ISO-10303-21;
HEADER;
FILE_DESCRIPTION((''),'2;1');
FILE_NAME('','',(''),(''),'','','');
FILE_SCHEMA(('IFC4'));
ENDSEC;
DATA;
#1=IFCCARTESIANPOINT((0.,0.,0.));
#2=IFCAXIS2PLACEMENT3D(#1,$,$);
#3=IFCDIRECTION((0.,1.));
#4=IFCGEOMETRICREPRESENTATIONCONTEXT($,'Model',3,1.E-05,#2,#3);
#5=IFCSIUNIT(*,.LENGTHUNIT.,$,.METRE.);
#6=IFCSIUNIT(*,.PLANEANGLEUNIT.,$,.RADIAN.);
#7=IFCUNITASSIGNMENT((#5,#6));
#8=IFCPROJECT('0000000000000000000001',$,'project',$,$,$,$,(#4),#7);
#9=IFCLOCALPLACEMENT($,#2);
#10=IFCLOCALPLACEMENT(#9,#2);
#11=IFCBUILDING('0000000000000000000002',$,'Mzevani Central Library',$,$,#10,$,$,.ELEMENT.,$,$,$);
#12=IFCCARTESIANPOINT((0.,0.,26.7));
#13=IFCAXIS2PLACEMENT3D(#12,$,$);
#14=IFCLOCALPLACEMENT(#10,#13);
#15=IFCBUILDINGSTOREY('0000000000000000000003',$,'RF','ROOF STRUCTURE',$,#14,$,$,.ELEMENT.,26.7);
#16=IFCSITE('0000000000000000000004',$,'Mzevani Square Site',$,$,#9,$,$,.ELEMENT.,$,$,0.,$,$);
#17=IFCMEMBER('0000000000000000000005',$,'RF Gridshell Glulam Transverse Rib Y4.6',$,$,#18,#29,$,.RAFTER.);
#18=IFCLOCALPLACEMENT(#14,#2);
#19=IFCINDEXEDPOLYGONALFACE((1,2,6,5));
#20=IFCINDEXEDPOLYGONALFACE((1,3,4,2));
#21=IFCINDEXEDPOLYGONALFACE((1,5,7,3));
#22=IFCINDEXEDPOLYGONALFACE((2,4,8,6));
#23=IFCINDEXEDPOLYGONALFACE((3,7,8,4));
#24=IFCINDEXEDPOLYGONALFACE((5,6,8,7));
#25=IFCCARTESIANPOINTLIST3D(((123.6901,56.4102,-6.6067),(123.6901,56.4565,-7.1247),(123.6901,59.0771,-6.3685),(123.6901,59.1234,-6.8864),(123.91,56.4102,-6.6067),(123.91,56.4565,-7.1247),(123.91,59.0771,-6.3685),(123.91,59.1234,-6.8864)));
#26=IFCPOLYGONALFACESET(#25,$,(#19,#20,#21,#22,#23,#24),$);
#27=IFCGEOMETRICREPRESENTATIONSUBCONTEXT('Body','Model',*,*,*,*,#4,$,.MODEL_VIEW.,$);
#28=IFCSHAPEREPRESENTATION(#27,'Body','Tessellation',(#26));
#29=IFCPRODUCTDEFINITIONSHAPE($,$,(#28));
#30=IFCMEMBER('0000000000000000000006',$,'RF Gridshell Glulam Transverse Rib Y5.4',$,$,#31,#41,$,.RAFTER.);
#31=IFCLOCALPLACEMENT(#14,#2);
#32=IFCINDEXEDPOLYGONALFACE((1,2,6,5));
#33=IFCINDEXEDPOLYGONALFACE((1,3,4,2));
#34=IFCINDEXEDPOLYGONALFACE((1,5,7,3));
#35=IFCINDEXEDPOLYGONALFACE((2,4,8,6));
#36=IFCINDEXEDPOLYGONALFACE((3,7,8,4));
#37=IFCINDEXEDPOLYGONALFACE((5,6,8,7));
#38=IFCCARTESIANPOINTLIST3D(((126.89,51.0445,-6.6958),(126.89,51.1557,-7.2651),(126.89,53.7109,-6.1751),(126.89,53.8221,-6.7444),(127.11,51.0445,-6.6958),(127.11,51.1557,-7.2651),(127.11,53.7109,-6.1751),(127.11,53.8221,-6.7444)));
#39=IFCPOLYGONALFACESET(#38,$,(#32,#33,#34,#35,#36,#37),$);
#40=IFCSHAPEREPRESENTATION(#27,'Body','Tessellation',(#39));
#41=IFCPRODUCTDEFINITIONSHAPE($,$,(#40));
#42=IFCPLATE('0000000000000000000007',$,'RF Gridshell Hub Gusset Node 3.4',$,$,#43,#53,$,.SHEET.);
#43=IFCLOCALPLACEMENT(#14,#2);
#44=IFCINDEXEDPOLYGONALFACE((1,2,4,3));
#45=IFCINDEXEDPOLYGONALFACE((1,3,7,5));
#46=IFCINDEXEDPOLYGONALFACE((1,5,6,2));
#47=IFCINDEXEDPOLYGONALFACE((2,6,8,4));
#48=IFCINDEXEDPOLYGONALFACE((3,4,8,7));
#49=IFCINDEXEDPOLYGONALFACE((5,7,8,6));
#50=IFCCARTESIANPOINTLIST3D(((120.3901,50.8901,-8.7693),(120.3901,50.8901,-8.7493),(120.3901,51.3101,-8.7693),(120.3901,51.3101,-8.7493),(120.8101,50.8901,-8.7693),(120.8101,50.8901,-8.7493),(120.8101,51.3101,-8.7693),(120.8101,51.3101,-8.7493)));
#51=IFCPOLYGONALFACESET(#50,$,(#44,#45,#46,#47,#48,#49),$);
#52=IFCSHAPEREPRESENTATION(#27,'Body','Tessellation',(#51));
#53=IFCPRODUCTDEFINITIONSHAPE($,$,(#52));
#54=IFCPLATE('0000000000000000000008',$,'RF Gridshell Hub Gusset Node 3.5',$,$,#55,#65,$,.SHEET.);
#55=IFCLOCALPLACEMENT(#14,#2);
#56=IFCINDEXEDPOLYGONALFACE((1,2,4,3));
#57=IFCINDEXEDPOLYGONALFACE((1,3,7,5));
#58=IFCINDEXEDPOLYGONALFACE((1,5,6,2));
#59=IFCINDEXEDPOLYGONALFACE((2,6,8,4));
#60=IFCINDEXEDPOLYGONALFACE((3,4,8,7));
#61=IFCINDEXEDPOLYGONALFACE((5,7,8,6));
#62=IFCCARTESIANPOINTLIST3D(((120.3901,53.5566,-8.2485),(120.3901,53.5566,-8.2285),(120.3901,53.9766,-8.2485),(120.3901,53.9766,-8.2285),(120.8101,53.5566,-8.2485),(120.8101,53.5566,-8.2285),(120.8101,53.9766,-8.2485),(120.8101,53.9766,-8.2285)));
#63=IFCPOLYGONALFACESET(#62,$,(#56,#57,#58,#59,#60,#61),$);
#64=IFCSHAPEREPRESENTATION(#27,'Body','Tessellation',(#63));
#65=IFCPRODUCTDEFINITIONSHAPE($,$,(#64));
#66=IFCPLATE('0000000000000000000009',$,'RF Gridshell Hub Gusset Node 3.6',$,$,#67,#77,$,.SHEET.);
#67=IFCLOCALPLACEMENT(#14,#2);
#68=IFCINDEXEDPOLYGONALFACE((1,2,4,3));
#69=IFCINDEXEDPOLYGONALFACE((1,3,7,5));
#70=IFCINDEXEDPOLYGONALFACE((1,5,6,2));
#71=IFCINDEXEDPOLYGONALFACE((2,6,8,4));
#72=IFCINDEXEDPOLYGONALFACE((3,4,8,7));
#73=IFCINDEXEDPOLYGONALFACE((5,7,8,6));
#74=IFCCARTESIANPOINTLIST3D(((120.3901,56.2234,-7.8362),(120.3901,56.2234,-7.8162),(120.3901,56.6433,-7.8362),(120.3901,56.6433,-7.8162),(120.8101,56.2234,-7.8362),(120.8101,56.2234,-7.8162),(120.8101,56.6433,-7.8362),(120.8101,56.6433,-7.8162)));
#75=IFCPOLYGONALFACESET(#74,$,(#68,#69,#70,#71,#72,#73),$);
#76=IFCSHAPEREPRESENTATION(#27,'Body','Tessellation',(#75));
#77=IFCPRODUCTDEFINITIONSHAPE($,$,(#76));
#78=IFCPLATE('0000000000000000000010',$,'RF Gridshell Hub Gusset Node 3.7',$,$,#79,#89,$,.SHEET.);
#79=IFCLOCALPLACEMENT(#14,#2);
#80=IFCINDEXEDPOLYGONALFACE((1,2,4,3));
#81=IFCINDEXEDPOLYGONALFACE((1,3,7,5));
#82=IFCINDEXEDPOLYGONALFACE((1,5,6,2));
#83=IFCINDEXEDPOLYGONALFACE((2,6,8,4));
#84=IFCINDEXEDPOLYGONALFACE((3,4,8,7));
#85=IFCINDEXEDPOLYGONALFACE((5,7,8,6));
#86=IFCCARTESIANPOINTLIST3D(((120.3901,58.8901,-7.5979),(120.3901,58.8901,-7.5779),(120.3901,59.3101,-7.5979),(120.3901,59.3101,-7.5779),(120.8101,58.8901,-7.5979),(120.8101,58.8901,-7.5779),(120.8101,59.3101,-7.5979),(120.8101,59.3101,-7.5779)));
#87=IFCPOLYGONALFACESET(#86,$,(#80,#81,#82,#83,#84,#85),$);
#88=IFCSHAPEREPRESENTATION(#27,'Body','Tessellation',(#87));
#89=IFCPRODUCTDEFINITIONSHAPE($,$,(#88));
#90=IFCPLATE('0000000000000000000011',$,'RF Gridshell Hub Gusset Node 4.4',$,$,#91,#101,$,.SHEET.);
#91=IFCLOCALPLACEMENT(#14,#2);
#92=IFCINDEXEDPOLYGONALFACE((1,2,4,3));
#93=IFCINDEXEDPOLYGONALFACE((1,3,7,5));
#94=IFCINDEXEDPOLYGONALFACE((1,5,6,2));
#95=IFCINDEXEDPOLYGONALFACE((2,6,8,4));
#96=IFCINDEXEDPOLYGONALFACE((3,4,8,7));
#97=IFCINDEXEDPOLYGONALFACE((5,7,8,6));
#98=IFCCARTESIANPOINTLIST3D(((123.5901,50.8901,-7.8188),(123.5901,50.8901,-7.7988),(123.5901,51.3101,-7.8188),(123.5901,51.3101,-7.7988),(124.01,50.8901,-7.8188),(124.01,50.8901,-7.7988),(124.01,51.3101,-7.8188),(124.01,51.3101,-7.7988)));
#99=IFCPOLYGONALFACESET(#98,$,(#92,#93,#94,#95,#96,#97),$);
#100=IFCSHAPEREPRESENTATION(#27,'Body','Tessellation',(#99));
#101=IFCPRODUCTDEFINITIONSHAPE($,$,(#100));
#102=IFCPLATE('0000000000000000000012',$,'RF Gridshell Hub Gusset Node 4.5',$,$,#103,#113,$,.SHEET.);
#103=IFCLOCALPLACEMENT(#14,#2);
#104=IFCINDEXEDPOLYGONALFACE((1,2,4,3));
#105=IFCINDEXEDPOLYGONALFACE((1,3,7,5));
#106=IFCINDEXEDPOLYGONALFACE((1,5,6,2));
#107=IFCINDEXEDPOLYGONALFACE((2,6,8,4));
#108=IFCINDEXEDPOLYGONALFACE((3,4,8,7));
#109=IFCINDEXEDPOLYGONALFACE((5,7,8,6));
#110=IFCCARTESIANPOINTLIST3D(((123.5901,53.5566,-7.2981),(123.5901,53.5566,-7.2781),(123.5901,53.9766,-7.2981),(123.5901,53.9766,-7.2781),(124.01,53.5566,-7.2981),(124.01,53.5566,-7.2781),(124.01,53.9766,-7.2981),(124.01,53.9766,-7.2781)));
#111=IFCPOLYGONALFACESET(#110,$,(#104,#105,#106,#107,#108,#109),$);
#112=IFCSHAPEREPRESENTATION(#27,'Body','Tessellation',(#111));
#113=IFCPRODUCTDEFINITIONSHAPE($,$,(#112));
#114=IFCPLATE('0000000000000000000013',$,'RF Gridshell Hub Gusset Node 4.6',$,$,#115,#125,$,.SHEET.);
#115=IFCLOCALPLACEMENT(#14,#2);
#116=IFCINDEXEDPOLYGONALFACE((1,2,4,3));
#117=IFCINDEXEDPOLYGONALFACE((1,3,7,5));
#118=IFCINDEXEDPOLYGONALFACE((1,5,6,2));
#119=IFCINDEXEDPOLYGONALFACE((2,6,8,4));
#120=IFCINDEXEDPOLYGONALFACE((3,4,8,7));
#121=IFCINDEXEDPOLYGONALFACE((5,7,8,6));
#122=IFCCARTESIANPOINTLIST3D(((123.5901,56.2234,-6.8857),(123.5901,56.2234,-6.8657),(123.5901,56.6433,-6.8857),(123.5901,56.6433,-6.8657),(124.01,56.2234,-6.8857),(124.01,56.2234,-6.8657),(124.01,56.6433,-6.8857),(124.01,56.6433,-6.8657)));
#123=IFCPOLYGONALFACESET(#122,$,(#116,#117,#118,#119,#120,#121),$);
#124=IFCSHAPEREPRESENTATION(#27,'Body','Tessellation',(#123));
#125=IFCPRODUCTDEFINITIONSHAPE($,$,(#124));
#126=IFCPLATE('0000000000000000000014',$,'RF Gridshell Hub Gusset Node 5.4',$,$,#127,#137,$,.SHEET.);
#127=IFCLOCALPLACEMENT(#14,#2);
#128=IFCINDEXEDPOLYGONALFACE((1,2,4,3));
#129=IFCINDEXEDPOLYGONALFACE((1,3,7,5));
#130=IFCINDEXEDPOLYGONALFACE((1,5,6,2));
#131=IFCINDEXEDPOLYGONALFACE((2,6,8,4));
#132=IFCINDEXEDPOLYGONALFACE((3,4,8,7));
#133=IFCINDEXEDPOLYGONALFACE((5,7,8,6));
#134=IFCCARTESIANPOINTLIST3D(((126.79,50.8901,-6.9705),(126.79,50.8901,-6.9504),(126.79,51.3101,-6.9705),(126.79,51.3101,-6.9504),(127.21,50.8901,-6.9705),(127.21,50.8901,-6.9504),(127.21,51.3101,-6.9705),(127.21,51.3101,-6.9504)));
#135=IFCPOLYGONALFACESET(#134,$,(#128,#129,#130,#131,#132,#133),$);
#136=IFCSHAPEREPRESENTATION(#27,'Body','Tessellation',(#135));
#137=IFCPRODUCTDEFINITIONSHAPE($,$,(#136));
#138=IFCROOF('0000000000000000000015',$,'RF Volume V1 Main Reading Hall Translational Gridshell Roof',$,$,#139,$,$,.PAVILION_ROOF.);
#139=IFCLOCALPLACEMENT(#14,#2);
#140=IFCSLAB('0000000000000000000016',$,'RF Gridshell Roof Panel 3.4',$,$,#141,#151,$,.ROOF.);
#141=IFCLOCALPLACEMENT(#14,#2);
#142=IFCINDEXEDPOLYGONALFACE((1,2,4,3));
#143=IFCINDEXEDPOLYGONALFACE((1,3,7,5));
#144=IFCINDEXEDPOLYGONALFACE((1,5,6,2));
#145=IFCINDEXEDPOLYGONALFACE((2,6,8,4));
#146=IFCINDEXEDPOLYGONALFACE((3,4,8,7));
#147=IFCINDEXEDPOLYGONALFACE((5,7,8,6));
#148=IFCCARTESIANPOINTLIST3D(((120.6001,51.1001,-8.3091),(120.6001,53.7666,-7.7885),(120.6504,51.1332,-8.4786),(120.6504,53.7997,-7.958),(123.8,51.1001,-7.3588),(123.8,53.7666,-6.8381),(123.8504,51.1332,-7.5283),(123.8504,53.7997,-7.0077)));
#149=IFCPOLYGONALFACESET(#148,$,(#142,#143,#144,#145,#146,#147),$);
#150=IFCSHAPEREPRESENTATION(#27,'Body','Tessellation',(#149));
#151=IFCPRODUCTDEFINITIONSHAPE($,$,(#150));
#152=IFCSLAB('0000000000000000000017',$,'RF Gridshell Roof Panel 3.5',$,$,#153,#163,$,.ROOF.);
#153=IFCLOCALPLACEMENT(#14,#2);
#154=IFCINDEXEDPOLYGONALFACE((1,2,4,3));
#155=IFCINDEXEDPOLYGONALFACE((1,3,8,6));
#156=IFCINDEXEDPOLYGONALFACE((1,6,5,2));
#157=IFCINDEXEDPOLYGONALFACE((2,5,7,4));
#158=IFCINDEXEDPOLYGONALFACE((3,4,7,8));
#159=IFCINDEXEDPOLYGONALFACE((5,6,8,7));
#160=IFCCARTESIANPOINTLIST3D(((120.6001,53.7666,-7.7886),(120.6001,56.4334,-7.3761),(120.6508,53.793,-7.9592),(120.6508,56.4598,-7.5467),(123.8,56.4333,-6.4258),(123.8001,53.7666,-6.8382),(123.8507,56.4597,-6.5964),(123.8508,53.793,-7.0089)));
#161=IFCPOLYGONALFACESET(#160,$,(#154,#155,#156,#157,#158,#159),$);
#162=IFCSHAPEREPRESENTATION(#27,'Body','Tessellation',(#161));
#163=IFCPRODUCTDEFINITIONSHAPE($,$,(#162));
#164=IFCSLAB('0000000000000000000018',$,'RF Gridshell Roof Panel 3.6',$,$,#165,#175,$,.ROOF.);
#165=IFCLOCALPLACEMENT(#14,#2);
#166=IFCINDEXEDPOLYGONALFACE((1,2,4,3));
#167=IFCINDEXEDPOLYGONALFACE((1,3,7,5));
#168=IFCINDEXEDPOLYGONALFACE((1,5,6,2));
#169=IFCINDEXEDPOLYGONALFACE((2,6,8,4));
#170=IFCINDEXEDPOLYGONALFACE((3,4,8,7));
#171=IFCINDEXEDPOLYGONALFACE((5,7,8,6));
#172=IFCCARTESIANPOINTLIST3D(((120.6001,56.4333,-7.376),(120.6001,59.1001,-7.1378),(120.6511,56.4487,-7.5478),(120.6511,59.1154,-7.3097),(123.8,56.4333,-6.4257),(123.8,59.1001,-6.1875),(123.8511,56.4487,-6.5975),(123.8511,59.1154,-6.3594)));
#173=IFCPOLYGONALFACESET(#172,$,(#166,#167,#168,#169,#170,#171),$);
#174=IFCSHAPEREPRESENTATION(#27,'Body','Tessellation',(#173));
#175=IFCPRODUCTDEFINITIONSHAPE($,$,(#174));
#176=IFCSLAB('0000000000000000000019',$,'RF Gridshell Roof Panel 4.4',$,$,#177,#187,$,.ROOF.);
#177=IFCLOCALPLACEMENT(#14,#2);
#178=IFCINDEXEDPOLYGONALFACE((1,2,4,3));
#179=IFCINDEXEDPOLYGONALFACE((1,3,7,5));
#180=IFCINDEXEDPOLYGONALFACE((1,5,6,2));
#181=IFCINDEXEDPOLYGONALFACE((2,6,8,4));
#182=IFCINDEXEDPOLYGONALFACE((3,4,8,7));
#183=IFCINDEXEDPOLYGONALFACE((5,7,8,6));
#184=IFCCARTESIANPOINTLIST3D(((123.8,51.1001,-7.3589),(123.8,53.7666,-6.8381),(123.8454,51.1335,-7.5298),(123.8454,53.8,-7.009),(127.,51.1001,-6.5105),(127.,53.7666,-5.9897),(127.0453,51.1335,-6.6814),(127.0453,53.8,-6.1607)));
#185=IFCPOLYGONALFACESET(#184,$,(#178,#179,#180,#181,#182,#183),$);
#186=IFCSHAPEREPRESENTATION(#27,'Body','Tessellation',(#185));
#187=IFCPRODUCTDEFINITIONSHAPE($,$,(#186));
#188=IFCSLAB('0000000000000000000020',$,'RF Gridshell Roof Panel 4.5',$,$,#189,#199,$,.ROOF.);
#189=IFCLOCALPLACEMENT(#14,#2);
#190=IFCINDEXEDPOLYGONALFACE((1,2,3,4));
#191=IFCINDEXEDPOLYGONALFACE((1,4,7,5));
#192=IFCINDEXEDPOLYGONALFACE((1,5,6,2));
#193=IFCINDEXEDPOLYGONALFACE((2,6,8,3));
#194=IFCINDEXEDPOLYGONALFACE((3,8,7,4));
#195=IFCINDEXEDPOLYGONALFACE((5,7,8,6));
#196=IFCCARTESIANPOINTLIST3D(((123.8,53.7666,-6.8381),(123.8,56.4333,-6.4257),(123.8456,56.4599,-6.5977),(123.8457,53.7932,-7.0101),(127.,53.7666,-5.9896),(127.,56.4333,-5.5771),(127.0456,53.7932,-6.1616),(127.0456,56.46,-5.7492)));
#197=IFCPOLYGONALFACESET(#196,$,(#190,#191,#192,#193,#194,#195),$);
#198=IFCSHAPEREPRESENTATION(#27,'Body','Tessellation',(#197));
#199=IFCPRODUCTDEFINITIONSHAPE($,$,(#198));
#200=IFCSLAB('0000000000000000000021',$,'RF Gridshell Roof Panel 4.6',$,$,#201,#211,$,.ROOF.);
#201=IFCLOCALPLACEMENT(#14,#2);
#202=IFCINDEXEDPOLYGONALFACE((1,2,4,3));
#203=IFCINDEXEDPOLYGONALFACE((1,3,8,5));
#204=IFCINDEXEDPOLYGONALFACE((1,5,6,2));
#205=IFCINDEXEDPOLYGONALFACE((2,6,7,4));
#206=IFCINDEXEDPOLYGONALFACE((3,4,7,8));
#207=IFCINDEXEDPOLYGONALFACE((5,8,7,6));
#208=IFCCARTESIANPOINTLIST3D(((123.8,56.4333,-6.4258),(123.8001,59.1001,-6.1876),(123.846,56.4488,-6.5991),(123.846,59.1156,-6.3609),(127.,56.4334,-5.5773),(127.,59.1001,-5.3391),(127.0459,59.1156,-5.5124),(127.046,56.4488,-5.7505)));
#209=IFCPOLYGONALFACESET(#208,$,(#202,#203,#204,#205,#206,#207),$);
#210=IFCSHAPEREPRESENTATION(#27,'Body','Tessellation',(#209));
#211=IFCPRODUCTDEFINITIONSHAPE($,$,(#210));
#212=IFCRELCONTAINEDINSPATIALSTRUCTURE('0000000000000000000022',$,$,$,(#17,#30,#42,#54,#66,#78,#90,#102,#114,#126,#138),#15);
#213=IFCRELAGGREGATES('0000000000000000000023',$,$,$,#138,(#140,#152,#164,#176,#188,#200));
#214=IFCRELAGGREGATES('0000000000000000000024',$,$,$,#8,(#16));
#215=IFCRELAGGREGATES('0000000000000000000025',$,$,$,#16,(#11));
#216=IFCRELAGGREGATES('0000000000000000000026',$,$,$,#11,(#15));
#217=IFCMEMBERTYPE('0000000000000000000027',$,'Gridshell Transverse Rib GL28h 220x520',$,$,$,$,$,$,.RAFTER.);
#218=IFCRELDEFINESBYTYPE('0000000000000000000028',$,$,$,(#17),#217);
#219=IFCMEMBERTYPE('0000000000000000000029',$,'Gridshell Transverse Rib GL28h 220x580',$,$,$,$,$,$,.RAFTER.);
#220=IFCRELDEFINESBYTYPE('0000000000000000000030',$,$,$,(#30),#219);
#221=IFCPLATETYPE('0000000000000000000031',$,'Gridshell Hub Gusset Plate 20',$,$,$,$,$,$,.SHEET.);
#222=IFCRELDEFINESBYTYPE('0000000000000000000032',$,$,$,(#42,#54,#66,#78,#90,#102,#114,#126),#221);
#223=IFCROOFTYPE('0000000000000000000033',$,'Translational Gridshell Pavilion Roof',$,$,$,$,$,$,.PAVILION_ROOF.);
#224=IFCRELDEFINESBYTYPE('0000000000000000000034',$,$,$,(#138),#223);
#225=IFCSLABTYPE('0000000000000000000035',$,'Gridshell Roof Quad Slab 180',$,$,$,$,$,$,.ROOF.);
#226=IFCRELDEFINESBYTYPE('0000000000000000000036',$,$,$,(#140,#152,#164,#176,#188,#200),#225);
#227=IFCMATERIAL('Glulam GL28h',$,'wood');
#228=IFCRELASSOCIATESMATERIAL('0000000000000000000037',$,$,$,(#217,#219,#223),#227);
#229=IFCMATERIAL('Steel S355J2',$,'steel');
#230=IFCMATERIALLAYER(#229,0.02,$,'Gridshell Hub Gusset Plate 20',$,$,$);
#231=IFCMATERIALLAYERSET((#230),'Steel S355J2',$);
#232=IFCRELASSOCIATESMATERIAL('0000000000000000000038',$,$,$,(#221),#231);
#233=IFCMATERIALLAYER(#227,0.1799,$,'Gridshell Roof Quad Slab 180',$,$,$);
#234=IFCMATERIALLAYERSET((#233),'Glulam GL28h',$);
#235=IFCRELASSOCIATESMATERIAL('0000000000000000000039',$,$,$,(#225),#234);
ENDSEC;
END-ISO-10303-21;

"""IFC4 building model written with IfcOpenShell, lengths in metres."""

from ifc_helpers import new_model, si_unit, direction, frame, origin, origin_2d, place, context, subcontext, project, spatial, polyline, rectangle, outline, extrude, material, layer, layer_set, material_profile, profile_set, type_object, element, aggregate, save


model = new_model("IFC4")

# Units and contexts
model_context = context("Model", 3, precision=1e-05, world=origin(), true_north=direction((0.0, 1.0)))
body_context = subcontext(model_context, "Body", "Model", "MODEL_VIEW")
ifc_project = project(units=[si_unit("LENGTHUNIT", "METRE"), si_unit("PLANEANGLEUNIT", "RADIAN")], contexts=[model_context])

# Site, building, storey
site_placement = place(None, origin())
site = spatial("IfcSite", under=ifc_project, at=site_placement, Name="Mzevani Square Site", CompositionType="ELEMENT", RefElevation=0.0)
building_placement = place(site_placement, origin())
building = spatial("IfcBuilding", under=site, at=building_placement, Name="Mzevani Central Library", CompositionType="ELEMENT")
storey_placement = place(building_placement, frame((0.0, 0.0, 26.7)))
storey = spatial("IfcBuildingStorey", under=building, at=storey_placement, Name="RF", Description="ROOF STRUCTURE", CompositionType="ELEMENT", Elevation=26.7)

# Members
ifc_material_1 = material(Name="Steel S355J2", Category="steel")
ifc_material_2 = material(Name="Glulam GL28h", Category="wood")
ifc_material_profile_1 = material_profile(ifc_material_2, rectangle(XDim=0.22, YDim=0.52, at=origin_2d()), Name="GL28h 220x520")
ifc_profile_set_1 = profile_set([ifc_material_profile_1], Name="Glulam GL28h")
member_type_1 = type_object("IfcMemberType", Name="Gridshell Transverse Rib GL28h 220x520", PredefinedType="RAFTER", material=ifc_profile_set_1)
member_1_placement = place(storey_placement, frame((123.8, 56.4333, -6.8657), z_axis=(0.0, 0.996032, 0.088998), x_axis=(-1.0, 0.0, 0.0)))
element("IfcMember", 1, at=member_1_placement, inside=storey, type_object=member_type_1, Name="RF Gridshell Glulam Transverse Rib Y4.6", PredefinedType="RAFTER", context=body_context, shape_type="SweptSolid", body=[
    extrude(rectangle(XDim=0.22, YDim=0.52, at=origin_2d()), origin(), (0.0, 0.0, 1.0), 2.6775),
])
ifc_material_profile_2 = material_profile(ifc_material_2, rectangle(XDim=0.22, YDim=0.5801, at=origin_2d()), Name="GL28h 220x580")
ifc_profile_set_2 = profile_set([ifc_material_profile_2], Name="Glulam GL28h")
member_type_2 = type_object("IfcMemberType", Name="Gridshell Transverse Rib GL28h 220x580", PredefinedType="RAFTER", material=ifc_profile_set_2)
member_2_placement = place(storey_placement, frame((127.0, 51.1001, -6.9805), z_axis=(0.0, 0.981459, 0.191673), x_axis=(-1.0, 0.0, 0.0)))
element("IfcMember", 2, at=member_2_placement, inside=storey, type_object=member_type_2, Name="RF Gridshell Glulam Transverse Rib Y5.4", PredefinedType="RAFTER", context=body_context, shape_type="SweptSolid", body=[
    extrude(rectangle(XDim=0.22, YDim=0.5801, at=origin_2d()), origin(), (0.0, 0.0, 1.0), 2.7168),
])

# Plates
ifc_layer_1 = layer(ifc_material_1, 0.02, Name="Gridshell Hub Gusset Plate 20")
ifc_layer_set_1 = layer_set([ifc_layer_1], Name="Steel S355J2")
plate_type = type_object("IfcPlateType", Name="Gridshell Hub Gusset Plate 20", PredefinedType="SHEET", material=ifc_layer_set_1)
for number, where, z_axis, x_axis, name in (
    (3, (120.6001, 51.1001, -8.7693), (0.0, 0.0, 1.0), (1.0, 0.0, 0.0), "RF Gridshell Hub Gusset Node 3.4"),
    (4, (120.6001, 53.7666, -8.2485), (0.0, 0.0, 1.0), (1.0, 0.0, 0.0), "RF Gridshell Hub Gusset Node 3.5"),
    (5, (120.6001, 56.4333, -7.8362), (0.0, 0.0, 1.0), (1.0, 0.0, 0.0), "RF Gridshell Hub Gusset Node 3.6"),
    (6, (120.6001, 59.1001, -7.5979), (0.0, 0.0, 1.0), (1.0, 0.0, 0.0), "RF Gridshell Hub Gusset Node 3.7"),
    (7, (123.8, 51.1001, -7.8188), (0.0, 0.0, 1.0), (1.0, 0.0, 0.0), "RF Gridshell Hub Gusset Node 4.4"),
    (8, (123.8, 53.7666, -7.2981), (0.0, 0.0, 1.0), (1.0, 0.0, 0.0), "RF Gridshell Hub Gusset Node 4.5"),
    (9, (123.8, 56.4333, -6.8857), (0.0, 0.0, 1.0), (1.0, 0.0, 0.0), "RF Gridshell Hub Gusset Node 4.6"),
    (10, (127.0, 51.1001, -6.9705), (0.0, 0.0, 1.0), (1.0, 0.0, 0.0), "RF Gridshell Hub Gusset Node 5.4"),
):
    element("IfcPlate", number, at=place(storey_placement, frame(where, z_axis=z_axis, x_axis=x_axis)), inside=storey, type_object=plate_type, Name=name, PredefinedType="SHEET", context=body_context, shape_type="SweptSolid", body=[
        extrude(rectangle(XDim=0.4199, YDim=0.4199, at=origin_2d()), origin(), (0.0, 0.0, 1.0), 0.02),
    ])

# Roof, slabs
roof_type = type_object("IfcRoofType", Name="Translational Gridshell Pavilion Roof", PredefinedType="PAVILION_ROOF", material=ifc_material_2)
roof_placement = place(storey_placement, origin())
roof = element("IfcRoof", 11, at=roof_placement, inside=storey, type_object=roof_type, Name="RF Volume V1 Main Reading Hall Translational Gridshell Roof", PredefinedType="PAVILION_ROOF")
ifc_layer_2 = layer(ifc_material_2, 0.1799, Name="Gridshell Roof Quad Slab 180")
ifc_layer_set_2 = layer_set([ifc_layer_2], Name="Glulam GL28h")
slab_type = type_object("IfcSlabType", Name="Gridshell Roof Quad Slab 180", PredefinedType="ROOF", material=ifc_layer_set_2)
slab_1_placement = place(storey_placement, frame((120.6001, 51.1001, -8.3091), z_axis=(-0.27983, -0.183974, 0.942257), x_axis=(0.95862, -0.000006, 0.284689)))
slab_1 = element("IfcSlab", 12, at=slab_1_placement, type_object=slab_type, Name="RF Gridshell Roof Panel 3.4", PredefinedType="ROOF", context=body_context, shape_type="SweptSolid", body=[
    extrude(outline(polyline([(0.0, 0.0), (3.338, 0.0), (3.4863, 2.7128), (0.1482, 2.7128), (0.0, 0.0)])), origin(), (0.0, 0.0, -1.0), 0.1799),
])
slab_2_placement = place(storey_placement, frame((120.6001, 53.7666, -7.7886), z_axis=(-0.281611, -0.14667, 0.948253), x_axis=(0.95862, 0.000005, 0.28469)))
slab_2 = element("IfcSlab", 13, at=slab_2_placement, type_object=slab_type, Name="RF Gridshell Roof Panel 3.5", PredefinedType="ROOF", context=body_context, shape_type="SweptSolid", body=[
    extrude(outline(polyline([(0.0, 0.0), (3.3381, 0.0), (3.4555, 2.6959), (0.1175, 2.6959), (0.0, 0.0)])), origin(), (0.0, 0.0, -1.0), 0.1799),
])
slab_3_placement = place(storey_placement, frame((120.6001, 56.4333, -7.376), z_axis=(-0.283652, -0.085299, 0.955126), x_axis=(0.95862, -0.000003, 0.284689)))
slab_3 = element("IfcSlab", 14, at=slab_3_placement, type_object=slab_type, Name="RF Gridshell Roof Panel 3.6", PredefinedType="ROOF", context=body_context, shape_type="SweptSolid", body=[
    extrude(outline(polyline([(0.0, 0.0), (3.338, 0.0), (3.4059, 2.6765), (0.0678, 2.6765), (0.0, 0.0)])), origin(), (0.0, 0.0, -1.0), 0.1799),
])
slab_4_placement = place(storey_placement, frame((123.8, 51.1001, -7.3589), z_axis=(-0.251824, -0.185496, 0.949829), x_axis=(0.966605, 0.0, 0.256272)))
slab_4 = element("IfcSlab", 15, at=slab_4_placement, type_object=slab_type, Name="RF Gridshell Roof Panel 4.4", PredefinedType="ROOF", context=body_context, shape_type="SweptSolid", body=[
    extrude(outline(polyline([(0.0, 0.0), (3.3105, 0.0), (3.444, 2.7136), (0.1335, 2.7136), (0.0, 0.0)])), origin(), (0.0, 0.0, -1.0), 0.1799),
])
slab_5_placement = place(storey_placement, frame((123.8, 53.7666, -6.8381), z_axis=(-0.253489, -0.147863, 0.955971), x_axis=(0.966596, -0.000005, 0.256305)))
slab_5 = element("IfcSlab", 16, at=slab_5_placement, type_object=slab_type, Name="RF Gridshell Roof Panel 4.5", PredefinedType="ROOF", context=body_context, shape_type="SweptSolid", body=[
    extrude(outline(polyline([(0.0, 0.0), (3.3105, 0.0), (3.4162, 2.6964), (0.1057, 2.6964), (0.0, 0.0)])), origin(), (0.0, 0.0, -1.0), 0.1799),
])
slab_6_placement = place(storey_placement, frame((123.8, 56.4333, -6.4258), z_axis=(-0.255356, -0.086004, 0.963014), x_axis=(0.966596, 0.000003, 0.256306)))
slab_6 = element("IfcSlab", 17, at=slab_6_placement, type_object=slab_type, Name="RF Gridshell Roof Panel 4.6", PredefinedType="ROOF", context=body_context, shape_type="SweptSolid", body=[
    extrude(outline(polyline([(0.0, 0.0), (3.3106, 0.0), (3.3716, 2.6767), (0.0611, 2.6767), (0.0, 0.0)])), origin(), (0.0, 0.0, -1.0), 0.1799),
])
aggregate(roof, [slab_1, slab_2, slab_3, slab_4, slab_5, slab_6])

save(model, "model.ifc")
